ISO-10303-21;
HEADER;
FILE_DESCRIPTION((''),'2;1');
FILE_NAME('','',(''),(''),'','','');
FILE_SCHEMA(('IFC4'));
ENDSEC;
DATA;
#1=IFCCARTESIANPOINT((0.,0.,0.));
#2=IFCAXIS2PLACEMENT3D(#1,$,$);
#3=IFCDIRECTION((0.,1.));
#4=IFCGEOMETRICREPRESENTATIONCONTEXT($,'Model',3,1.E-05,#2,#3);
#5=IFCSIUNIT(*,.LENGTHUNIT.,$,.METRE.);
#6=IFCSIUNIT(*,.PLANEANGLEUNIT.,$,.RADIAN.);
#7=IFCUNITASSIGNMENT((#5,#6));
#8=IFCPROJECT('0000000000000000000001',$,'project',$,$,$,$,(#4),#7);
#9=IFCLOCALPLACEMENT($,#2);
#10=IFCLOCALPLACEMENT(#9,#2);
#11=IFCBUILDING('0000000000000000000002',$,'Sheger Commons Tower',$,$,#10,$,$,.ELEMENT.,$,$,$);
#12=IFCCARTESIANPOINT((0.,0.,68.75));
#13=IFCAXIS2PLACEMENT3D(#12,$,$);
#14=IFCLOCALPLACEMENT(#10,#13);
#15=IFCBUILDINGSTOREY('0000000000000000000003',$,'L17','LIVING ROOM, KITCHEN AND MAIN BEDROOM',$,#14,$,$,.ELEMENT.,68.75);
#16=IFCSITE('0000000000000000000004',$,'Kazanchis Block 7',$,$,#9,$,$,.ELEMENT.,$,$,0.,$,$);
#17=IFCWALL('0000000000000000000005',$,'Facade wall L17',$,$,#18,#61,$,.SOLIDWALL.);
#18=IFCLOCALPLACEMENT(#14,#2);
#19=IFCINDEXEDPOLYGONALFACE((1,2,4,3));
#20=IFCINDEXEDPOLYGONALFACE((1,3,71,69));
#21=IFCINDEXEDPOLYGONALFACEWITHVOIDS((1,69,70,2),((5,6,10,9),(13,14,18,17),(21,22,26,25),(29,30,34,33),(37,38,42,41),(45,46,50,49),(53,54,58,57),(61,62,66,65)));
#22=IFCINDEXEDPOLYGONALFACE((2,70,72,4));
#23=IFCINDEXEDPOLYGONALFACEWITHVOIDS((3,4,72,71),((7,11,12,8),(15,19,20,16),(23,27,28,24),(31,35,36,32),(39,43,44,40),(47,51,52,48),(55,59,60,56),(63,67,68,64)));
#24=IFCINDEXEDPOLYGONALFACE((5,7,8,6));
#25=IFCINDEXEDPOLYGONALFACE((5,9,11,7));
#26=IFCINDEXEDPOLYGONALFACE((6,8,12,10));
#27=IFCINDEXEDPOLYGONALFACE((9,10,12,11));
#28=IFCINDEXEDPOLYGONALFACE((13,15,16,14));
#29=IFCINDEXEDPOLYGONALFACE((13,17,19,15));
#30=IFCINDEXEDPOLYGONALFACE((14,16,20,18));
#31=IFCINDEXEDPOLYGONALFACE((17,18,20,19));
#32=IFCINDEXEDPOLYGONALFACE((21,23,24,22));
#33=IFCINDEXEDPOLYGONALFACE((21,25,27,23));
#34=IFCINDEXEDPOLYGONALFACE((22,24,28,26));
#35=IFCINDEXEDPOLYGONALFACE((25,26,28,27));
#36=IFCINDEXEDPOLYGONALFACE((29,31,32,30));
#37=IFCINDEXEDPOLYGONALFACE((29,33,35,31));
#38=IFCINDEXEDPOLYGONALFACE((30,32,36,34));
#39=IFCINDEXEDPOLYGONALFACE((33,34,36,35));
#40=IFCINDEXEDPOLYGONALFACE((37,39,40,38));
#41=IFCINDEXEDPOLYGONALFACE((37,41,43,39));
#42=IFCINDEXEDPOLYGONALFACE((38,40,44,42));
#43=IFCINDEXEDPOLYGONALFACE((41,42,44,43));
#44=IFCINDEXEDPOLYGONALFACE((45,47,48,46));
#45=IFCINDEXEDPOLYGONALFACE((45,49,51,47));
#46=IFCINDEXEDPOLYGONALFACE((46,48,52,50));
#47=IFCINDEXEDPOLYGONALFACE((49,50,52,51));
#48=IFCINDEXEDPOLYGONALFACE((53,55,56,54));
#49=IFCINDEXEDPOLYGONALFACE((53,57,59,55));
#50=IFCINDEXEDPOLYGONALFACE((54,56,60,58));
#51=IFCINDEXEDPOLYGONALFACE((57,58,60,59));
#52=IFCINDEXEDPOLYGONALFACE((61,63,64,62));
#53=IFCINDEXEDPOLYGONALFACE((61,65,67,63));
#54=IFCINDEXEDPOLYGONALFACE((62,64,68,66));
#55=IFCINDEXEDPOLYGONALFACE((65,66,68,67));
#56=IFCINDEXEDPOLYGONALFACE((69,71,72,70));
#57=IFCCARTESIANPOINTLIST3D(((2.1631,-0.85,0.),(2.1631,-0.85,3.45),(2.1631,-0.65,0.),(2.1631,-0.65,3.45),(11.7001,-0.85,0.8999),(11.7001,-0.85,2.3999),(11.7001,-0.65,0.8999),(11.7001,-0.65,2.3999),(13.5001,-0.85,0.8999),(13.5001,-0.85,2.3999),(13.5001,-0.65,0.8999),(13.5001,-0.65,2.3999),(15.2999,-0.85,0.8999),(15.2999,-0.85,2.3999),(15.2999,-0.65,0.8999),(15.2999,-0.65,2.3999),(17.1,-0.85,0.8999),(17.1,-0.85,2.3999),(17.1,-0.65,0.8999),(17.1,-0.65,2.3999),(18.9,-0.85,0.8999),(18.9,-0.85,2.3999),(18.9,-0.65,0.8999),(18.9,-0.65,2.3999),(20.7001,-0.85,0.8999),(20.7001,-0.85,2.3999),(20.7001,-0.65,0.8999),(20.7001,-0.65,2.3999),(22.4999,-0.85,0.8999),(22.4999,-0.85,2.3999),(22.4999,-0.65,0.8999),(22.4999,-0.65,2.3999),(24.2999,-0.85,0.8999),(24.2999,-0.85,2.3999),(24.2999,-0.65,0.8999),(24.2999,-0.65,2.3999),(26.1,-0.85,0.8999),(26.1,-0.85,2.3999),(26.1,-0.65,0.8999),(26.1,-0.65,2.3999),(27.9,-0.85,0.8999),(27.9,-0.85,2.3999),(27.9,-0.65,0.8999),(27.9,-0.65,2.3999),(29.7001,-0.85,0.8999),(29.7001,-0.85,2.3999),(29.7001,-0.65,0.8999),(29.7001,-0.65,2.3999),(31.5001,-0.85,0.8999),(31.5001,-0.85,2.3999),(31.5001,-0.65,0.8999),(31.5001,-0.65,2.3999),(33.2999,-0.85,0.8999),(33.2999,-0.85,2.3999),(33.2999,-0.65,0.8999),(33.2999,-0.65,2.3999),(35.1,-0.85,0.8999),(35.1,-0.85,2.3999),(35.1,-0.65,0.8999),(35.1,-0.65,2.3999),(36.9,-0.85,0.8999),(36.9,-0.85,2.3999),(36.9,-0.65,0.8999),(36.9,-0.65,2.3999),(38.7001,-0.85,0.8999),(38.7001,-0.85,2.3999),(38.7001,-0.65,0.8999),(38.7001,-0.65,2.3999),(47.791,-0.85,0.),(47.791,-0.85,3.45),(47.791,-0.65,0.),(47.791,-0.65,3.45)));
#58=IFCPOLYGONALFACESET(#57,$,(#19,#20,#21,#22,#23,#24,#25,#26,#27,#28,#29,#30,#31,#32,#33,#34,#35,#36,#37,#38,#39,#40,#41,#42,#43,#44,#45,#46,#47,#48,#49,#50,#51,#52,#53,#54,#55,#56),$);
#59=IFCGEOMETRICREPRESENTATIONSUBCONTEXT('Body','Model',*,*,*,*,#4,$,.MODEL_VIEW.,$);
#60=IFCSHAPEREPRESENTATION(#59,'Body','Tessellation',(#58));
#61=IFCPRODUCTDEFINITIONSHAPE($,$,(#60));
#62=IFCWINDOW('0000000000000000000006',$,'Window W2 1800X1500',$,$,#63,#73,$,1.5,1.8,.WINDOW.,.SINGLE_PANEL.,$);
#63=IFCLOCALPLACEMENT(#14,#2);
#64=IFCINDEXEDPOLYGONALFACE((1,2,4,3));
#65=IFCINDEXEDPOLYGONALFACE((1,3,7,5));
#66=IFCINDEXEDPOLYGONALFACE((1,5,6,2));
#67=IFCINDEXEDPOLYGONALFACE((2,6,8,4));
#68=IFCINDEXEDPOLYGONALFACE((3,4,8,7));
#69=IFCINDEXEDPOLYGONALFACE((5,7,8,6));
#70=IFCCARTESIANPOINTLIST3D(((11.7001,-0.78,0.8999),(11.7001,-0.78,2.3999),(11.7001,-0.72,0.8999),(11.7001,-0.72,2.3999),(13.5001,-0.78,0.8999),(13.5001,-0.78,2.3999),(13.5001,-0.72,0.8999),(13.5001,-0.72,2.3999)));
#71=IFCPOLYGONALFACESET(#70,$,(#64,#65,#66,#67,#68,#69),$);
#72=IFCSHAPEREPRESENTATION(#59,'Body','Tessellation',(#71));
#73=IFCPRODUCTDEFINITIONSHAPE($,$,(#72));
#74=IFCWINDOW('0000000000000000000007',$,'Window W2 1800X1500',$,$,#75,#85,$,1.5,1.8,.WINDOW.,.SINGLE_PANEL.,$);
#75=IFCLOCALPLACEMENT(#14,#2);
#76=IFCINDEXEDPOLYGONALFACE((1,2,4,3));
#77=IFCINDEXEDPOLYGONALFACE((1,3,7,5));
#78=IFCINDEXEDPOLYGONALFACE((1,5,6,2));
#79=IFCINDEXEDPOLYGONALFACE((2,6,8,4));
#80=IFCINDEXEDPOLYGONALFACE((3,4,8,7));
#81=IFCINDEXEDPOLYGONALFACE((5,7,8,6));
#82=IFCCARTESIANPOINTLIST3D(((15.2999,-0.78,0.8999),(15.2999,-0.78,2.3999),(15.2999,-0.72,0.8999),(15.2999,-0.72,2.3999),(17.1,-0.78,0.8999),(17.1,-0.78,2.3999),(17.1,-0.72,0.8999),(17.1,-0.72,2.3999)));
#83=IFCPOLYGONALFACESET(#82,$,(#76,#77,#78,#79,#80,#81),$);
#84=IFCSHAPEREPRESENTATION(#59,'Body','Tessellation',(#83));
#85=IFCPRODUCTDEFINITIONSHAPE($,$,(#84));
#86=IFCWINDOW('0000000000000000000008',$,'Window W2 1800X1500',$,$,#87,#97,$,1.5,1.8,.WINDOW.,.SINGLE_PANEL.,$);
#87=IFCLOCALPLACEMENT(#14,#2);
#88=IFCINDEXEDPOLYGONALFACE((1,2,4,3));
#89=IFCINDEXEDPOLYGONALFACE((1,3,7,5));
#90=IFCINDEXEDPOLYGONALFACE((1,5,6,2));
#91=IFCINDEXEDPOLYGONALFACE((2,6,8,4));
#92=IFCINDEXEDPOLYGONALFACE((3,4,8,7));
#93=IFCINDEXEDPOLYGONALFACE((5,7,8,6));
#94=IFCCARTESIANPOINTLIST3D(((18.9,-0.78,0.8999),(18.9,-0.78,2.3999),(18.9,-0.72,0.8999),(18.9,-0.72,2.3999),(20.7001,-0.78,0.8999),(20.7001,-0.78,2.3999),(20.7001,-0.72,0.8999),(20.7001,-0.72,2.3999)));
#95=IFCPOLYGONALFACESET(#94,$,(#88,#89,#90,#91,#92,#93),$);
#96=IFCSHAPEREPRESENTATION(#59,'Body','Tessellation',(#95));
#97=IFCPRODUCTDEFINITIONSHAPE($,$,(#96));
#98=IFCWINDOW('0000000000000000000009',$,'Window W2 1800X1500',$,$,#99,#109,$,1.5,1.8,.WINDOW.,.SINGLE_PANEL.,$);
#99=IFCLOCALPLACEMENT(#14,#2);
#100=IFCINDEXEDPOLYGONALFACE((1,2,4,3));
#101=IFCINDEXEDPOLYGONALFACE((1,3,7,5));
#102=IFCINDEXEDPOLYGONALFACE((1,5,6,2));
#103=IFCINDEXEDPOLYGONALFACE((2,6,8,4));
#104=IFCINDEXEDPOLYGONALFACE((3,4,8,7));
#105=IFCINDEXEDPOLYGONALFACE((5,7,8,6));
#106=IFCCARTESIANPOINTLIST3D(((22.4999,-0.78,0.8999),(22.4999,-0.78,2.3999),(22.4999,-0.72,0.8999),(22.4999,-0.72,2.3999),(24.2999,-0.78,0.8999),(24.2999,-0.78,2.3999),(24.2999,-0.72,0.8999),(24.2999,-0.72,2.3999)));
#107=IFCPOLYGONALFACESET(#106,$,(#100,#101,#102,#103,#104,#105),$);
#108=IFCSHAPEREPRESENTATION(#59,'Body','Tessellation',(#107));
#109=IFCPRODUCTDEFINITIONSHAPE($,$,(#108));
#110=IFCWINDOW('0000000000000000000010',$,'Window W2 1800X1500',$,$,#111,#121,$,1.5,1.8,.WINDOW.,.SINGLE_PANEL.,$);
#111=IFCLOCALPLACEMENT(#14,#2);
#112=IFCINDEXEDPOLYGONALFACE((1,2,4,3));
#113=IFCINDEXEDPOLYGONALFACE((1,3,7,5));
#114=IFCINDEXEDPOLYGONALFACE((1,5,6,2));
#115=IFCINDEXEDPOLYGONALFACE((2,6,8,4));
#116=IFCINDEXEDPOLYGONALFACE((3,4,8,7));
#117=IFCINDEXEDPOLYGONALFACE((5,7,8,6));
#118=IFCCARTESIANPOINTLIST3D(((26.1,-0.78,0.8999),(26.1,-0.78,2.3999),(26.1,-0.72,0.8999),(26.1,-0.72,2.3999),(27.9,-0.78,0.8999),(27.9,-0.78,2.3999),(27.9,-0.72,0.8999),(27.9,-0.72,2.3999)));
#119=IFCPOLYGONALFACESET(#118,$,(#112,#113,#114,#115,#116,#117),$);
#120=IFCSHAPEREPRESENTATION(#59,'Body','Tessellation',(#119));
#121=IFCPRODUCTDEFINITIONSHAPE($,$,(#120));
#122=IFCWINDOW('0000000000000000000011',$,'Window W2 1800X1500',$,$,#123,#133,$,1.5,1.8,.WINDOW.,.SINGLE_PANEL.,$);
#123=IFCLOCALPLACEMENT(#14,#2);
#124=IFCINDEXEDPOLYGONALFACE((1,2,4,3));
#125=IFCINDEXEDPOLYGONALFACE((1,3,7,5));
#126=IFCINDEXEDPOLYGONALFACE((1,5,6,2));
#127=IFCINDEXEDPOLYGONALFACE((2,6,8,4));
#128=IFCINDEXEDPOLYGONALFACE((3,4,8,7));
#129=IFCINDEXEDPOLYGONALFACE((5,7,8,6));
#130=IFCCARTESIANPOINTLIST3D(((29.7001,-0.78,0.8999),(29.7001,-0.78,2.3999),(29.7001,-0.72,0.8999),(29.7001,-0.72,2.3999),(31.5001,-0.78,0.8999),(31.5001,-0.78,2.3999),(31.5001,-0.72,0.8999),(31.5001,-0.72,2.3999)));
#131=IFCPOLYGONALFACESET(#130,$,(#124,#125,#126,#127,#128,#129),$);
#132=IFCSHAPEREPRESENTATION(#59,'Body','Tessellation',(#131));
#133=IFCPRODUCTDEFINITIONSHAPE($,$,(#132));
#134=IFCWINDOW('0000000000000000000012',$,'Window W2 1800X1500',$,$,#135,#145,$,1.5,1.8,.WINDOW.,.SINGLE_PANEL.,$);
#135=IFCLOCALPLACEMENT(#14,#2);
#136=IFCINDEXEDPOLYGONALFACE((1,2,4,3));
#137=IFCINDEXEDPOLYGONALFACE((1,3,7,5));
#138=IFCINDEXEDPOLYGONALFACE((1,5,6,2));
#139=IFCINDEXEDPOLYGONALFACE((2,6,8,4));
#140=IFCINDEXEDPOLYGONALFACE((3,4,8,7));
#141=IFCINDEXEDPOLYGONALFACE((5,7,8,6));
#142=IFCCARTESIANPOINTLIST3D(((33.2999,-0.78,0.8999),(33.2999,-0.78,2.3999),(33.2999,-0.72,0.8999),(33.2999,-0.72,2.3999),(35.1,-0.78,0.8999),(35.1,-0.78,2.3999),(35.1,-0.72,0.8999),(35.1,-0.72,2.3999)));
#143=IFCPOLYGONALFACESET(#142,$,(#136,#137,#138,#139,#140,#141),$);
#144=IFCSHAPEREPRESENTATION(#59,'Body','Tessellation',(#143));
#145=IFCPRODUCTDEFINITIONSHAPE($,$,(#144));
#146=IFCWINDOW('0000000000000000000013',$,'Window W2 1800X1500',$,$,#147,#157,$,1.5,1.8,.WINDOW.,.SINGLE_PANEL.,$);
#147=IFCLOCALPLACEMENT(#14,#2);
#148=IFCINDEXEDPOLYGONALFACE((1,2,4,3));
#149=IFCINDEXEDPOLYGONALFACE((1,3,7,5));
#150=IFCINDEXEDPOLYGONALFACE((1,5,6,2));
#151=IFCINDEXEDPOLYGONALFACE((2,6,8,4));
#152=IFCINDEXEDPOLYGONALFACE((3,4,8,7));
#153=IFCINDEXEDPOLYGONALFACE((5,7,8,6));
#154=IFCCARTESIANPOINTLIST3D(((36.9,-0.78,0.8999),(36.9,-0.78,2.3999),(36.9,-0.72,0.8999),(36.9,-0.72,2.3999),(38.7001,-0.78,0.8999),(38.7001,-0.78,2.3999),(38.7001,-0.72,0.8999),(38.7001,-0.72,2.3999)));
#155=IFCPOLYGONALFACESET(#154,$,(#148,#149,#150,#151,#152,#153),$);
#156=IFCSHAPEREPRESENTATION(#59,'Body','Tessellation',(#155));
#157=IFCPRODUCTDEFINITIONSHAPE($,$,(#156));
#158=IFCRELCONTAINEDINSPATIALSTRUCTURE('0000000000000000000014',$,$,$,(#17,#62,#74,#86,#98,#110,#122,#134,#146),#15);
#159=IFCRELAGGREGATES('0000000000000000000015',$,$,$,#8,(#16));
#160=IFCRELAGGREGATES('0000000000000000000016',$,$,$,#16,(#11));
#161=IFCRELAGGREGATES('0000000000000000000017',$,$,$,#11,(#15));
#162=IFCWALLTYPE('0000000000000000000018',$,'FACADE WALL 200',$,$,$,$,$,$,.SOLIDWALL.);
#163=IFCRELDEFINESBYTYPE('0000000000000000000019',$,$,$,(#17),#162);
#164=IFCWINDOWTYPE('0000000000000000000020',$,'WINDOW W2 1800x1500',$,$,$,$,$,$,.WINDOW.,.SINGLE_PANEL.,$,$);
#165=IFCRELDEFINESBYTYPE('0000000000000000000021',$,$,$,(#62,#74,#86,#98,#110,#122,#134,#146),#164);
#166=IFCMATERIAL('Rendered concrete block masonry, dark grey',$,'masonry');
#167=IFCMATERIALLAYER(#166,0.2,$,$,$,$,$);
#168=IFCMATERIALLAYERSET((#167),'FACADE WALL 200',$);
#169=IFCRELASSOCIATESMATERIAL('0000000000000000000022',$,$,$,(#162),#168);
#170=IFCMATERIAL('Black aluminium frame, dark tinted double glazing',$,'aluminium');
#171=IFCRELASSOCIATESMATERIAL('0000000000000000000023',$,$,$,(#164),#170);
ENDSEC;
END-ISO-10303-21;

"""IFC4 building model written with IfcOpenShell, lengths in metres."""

from ifc_helpers import new_model, si_unit, direction, frame, frame_2d, origin, place, context, subcontext, project, spatial, rectangle, extrude, material, layer, layer_set, type_object, element, fill, save


model = new_model("IFC4")

# Units and contexts
model_context = context("Model", 3, precision=1e-05, world=origin(), true_north=direction((0.0, 1.0)))
body_context = subcontext(model_context, "Body", "Model", "MODEL_VIEW")
ifc_project = project(units=[si_unit("LENGTHUNIT", "METRE"), si_unit("PLANEANGLEUNIT", "RADIAN")], contexts=[model_context])

# Site, building, storey
site_placement = place(None, origin())
site = spatial("IfcSite", under=ifc_project, at=site_placement, Name="Kazanchis Block 7", CompositionType="ELEMENT", RefElevation=0.0)
building_placement = place(site_placement, origin())
building = spatial("IfcBuilding", under=site, at=building_placement, Name="Sheger Commons Tower", CompositionType="ELEMENT")
storey_placement = place(building_placement, frame((0.0, 0.0, 68.75)))
storey = spatial("IfcBuildingStorey", under=building, at=storey_placement, Name="L17", Description="LIVING ROOM, KITCHEN AND MAIN BEDROOM", CompositionType="ELEMENT", Elevation=68.75)

# Wall, openings, windows
ifc_material_1 = material(Name="Rendered concrete block masonry, dark grey", Category="masonry")
ifc_layer_1 = layer(ifc_material_1, 0.2)
ifc_layer_set_1 = layer_set([ifc_layer_1], Name="FACADE WALL 200")
wall_type_1 = type_object("IfcWallType", Name="FACADE WALL 200", PredefinedType="SOLIDWALL", material=ifc_layer_set_1)
wall_1_placement = place(storey_placement, frame((2.1631, -0.75, 0.0), z_axis=(0.0, 0.0, 1.0), x_axis=(1.0, 0.0, 0.0)))
wall_1 = element("IfcWall", 1, at=wall_1_placement, inside=storey, type_object=wall_type_1, Name="Facade wall L17", PredefinedType="SOLIDWALL", context=body_context, shape_type="SweptSolid", body=[
    extrude(rectangle(XDim=45.6279, YDim=0.2, at=frame_2d((22.814, 0.0))), origin(), (0.0, 0.0, 1.0), 3.45),
])
opening_1_placement = place(wall_1_placement, frame((9.5371, 0.0, 0.8999)))
opening_1 = element("IfcOpeningElement", 2, at=opening_1_placement, cuts=wall_1, PredefinedType="OPENING", context=body_context, shape_type="SweptSolid", body=[
    extrude(rectangle(XDim=1.8, YDim=1.5, at=frame_2d((0.8999, 0.75))), frame((0.0, 0.1099, 0.0), z_axis=(0.0, -1.0, 0.0), x_axis=(1.0, 0.0, 0.0)), (0.0, 0.0, 1.0), 0.22),
])
opening_2_placement = place(wall_1_placement, frame((13.137, 0.0, 0.8999)))
opening_2 = element("IfcOpeningElement", 3, at=opening_2_placement, cuts=wall_1, PredefinedType="OPENING", context=body_context, shape_type="SweptSolid", body=[
    extrude(rectangle(XDim=1.8, YDim=1.5, at=frame_2d((0.8999, 0.75))), frame((0.0, 0.1099, 0.0), z_axis=(0.0, -1.0, 0.0), x_axis=(1.0, 0.0, 0.0)), (0.0, 0.0, 1.0), 0.22),
])
opening_3_placement = place(wall_1_placement, frame((16.7371, 0.0, 0.8999)))
opening_3 = element("IfcOpeningElement", 4, at=opening_3_placement, cuts=wall_1, PredefinedType="OPENING", context=body_context, shape_type="SweptSolid", body=[
    extrude(rectangle(XDim=1.8, YDim=1.5, at=frame_2d((0.8999, 0.75))), frame((0.0, 0.1099, 0.0), z_axis=(0.0, -1.0, 0.0), x_axis=(1.0, 0.0, 0.0)), (0.0, 0.0, 1.0), 0.22),
])
opening_4_placement = place(wall_1_placement, frame((20.3369, 0.0, 0.8999)))
opening_4 = element("IfcOpeningElement", 5, at=opening_4_placement, cuts=wall_1, PredefinedType="OPENING", context=body_context, shape_type="SweptSolid", body=[
    extrude(rectangle(XDim=1.8, YDim=1.5, at=frame_2d((0.8999, 0.75))), frame((0.0, 0.1099, 0.0), z_axis=(0.0, -1.0, 0.0), x_axis=(1.0, 0.0, 0.0)), (0.0, 0.0, 1.0), 0.22),
])
opening_5_placement = place(wall_1_placement, frame((23.937, 0.0, 0.8999)))
opening_5 = element("IfcOpeningElement", 6, at=opening_5_placement, cuts=wall_1, PredefinedType="OPENING", context=body_context, shape_type="SweptSolid", body=[
    extrude(rectangle(XDim=1.8, YDim=1.5, at=frame_2d((0.8999, 0.75))), frame((0.0, 0.1099, 0.0), z_axis=(0.0, -1.0, 0.0), x_axis=(1.0, 0.0, 0.0)), (0.0, 0.0, 1.0), 0.22),
])
opening_6_placement = place(wall_1_placement, frame((27.5371, 0.0, 0.8999)))
opening_6 = element("IfcOpeningElement", 7, at=opening_6_placement, cuts=wall_1, PredefinedType="OPENING", context=body_context, shape_type="SweptSolid", body=[
    extrude(rectangle(XDim=1.8, YDim=1.5, at=frame_2d((0.8999, 0.75))), frame((0.0, 0.1099, 0.0), z_axis=(0.0, -1.0, 0.0), x_axis=(1.0, 0.0, 0.0)), (0.0, 0.0, 1.0), 0.22),
])
opening_7_placement = place(wall_1_placement, frame((31.137, 0.0, 0.8999)))
opening_7 = element("IfcOpeningElement", 8, at=opening_7_placement, cuts=wall_1, PredefinedType="OPENING", context=body_context, shape_type="SweptSolid", body=[
    extrude(rectangle(XDim=1.8, YDim=1.5, at=frame_2d((0.8999, 0.75))), frame((0.0, 0.1099, 0.0), z_axis=(0.0, -1.0, 0.0), x_axis=(1.0, 0.0, 0.0)), (0.0, 0.0, 1.0), 0.22),
])
opening_8_placement = place(wall_1_placement, frame((34.7371, 0.0, 0.8999)))
opening_8 = element("IfcOpeningElement", 9, at=opening_8_placement, cuts=wall_1, PredefinedType="OPENING", context=body_context, shape_type="SweptSolid", body=[
    extrude(rectangle(XDim=1.8, YDim=1.5, at=frame_2d((0.8999, 0.75))), frame((0.0, 0.1099, 0.0), z_axis=(0.0, -1.0, 0.0), x_axis=(1.0, 0.0, 0.0)), (0.0, 0.0, 1.0), 0.22),
])
ifc_material_2 = material(Name="Black aluminium frame, dark tinted double glazing", Category="aluminium")
window_type = type_object("IfcWindowType", Name="WINDOW W2 1800x1500", PartitioningType="SINGLE_PANEL", PredefinedType="WINDOW", material=ifc_material_2)
window_1_placement = place(opening_1_placement, origin())
window_1 = element("IfcWindow", 10, at=window_1_placement, inside=storey, type_object=window_type, Name="Window W2 1800X1500", OverallHeight=1.5, OverallWidth=1.8, PartitioningType="SINGLE_PANEL", PredefinedType="WINDOW", context=body_context, shape_type="SweptSolid", body=[
    extrude(rectangle(XDim=1.8, YDim=1.5, at=frame_2d((0.8999, 0.75))), frame((0.0, 0.03, 0.0), z_axis=(0.0, -1.0, 0.0), x_axis=(1.0, 0.0, 0.0)), (0.0, 0.0, 1.0), 0.0601),
])
fill(opening_1, window_1)
window_2_placement = place(opening_2_placement, origin())
window_2 = element("IfcWindow", 11, at=window_2_placement, inside=storey, type_object=window_type, Name="Window W2 1800X1500", OverallHeight=1.5, OverallWidth=1.8, PartitioningType="SINGLE_PANEL", PredefinedType="WINDOW", context=body_context, shape_type="SweptSolid", body=[
    extrude(rectangle(XDim=1.8, YDim=1.5, at=frame_2d((0.8999, 0.75))), frame((0.0, 0.03, 0.0), z_axis=(0.0, -1.0, 0.0), x_axis=(1.0, 0.0, 0.0)), (0.0, 0.0, 1.0), 0.0601),
])
fill(opening_2, window_2)
window_3_placement = place(opening_3_placement, origin())
window_3 = element("IfcWindow", 12, at=window_3_placement, inside=storey, type_object=window_type, Name="Window W2 1800X1500", OverallHeight=1.5, OverallWidth=1.8, PartitioningType="SINGLE_PANEL", PredefinedType="WINDOW", context=body_context, shape_type="SweptSolid", body=[
    extrude(rectangle(XDim=1.8, YDim=1.5, at=frame_2d((0.8999, 0.75))), frame((0.0, 0.03, 0.0), z_axis=(0.0, -1.0, 0.0), x_axis=(1.0, 0.0, 0.0)), (0.0, 0.0, 1.0), 0.0601),
])
fill(opening_3, window_3)
window_4_placement = place(opening_4_placement, origin())
window_4 = element("IfcWindow", 13, at=window_4_placement, inside=storey, type_object=window_type, Name="Window W2 1800X1500", OverallHeight=1.5, OverallWidth=1.8, PartitioningType="SINGLE_PANEL", PredefinedType="WINDOW", context=body_context, shape_type="SweptSolid", body=[
    extrude(rectangle(XDim=1.8, YDim=1.5, at=frame_2d((0.8999, 0.75))), frame((0.0, 0.03, 0.0), z_axis=(0.0, -1.0, 0.0), x_axis=(1.0, 0.0, 0.0)), (0.0, 0.0, 1.0), 0.0601),
])
fill(opening_4, window_4)
window_5_placement = place(opening_5_placement, origin())
window_5 = element("IfcWindow", 14, at=window_5_placement, inside=storey, type_object=window_type, Name="Window W2 1800X1500", OverallHeight=1.5, OverallWidth=1.8, PartitioningType="SINGLE_PANEL", PredefinedType="WINDOW", context=body_context, shape_type="SweptSolid", body=[
    extrude(rectangle(XDim=1.8, YDim=1.5, at=frame_2d((0.8999, 0.75))), frame((0.0, 0.03, 0.0), z_axis=(0.0, -1.0, 0.0), x_axis=(1.0, 0.0, 0.0)), (0.0, 0.0, 1.0), 0.0601),
])
fill(opening_5, window_5)
window_6_placement = place(opening_6_placement, origin())
window_6 = element("IfcWindow", 15, at=window_6_placement, inside=storey, type_object=window_type, Name="Window W2 1800X1500", OverallHeight=1.5, OverallWidth=1.8, PartitioningType="SINGLE_PANEL", PredefinedType="WINDOW", context=body_context, shape_type="SweptSolid", body=[
    extrude(rectangle(XDim=1.8, YDim=1.5, at=frame_2d((0.8999, 0.75))), frame((0.0, 0.03, 0.0), z_axis=(0.0, -1.0, 0.0), x_axis=(1.0, 0.0, 0.0)), (0.0, 0.0, 1.0), 0.0601),
])
fill(opening_6, window_6)
window_7_placement = place(opening_7_placement, origin())
window_7 = element("IfcWindow", 16, at=window_7_placement, inside=storey, type_object=window_type, Name="Window W2 1800X1500", OverallHeight=1.5, OverallWidth=1.8, PartitioningType="SINGLE_PANEL", PredefinedType="WINDOW", context=body_context, shape_type="SweptSolid", body=[
    extrude(rectangle(XDim=1.8, YDim=1.5, at=frame_2d((0.8999, 0.75))), frame((0.0, 0.03, 0.0), z_axis=(0.0, -1.0, 0.0), x_axis=(1.0, 0.0, 0.0)), (0.0, 0.0, 1.0), 0.0601),
])
fill(opening_7, window_7)
window_8_placement = place(opening_8_placement, origin())
window_8 = element("IfcWindow", 17, at=window_8_placement, inside=storey, type_object=window_type, Name="Window W2 1800X1500", OverallHeight=1.5, OverallWidth=1.8, PartitioningType="SINGLE_PANEL", PredefinedType="WINDOW", context=body_context, shape_type="SweptSolid", body=[
    extrude(rectangle(XDim=1.8, YDim=1.5, at=frame_2d((0.8999, 0.75))), frame((0.0, 0.03, 0.0), z_axis=(0.0, -1.0, 0.0), x_axis=(1.0, 0.0, 0.0)), (0.0, 0.0, 1.0), 0.0601),
])
fill(opening_8, window_8)

save(model, "model.ifc")
